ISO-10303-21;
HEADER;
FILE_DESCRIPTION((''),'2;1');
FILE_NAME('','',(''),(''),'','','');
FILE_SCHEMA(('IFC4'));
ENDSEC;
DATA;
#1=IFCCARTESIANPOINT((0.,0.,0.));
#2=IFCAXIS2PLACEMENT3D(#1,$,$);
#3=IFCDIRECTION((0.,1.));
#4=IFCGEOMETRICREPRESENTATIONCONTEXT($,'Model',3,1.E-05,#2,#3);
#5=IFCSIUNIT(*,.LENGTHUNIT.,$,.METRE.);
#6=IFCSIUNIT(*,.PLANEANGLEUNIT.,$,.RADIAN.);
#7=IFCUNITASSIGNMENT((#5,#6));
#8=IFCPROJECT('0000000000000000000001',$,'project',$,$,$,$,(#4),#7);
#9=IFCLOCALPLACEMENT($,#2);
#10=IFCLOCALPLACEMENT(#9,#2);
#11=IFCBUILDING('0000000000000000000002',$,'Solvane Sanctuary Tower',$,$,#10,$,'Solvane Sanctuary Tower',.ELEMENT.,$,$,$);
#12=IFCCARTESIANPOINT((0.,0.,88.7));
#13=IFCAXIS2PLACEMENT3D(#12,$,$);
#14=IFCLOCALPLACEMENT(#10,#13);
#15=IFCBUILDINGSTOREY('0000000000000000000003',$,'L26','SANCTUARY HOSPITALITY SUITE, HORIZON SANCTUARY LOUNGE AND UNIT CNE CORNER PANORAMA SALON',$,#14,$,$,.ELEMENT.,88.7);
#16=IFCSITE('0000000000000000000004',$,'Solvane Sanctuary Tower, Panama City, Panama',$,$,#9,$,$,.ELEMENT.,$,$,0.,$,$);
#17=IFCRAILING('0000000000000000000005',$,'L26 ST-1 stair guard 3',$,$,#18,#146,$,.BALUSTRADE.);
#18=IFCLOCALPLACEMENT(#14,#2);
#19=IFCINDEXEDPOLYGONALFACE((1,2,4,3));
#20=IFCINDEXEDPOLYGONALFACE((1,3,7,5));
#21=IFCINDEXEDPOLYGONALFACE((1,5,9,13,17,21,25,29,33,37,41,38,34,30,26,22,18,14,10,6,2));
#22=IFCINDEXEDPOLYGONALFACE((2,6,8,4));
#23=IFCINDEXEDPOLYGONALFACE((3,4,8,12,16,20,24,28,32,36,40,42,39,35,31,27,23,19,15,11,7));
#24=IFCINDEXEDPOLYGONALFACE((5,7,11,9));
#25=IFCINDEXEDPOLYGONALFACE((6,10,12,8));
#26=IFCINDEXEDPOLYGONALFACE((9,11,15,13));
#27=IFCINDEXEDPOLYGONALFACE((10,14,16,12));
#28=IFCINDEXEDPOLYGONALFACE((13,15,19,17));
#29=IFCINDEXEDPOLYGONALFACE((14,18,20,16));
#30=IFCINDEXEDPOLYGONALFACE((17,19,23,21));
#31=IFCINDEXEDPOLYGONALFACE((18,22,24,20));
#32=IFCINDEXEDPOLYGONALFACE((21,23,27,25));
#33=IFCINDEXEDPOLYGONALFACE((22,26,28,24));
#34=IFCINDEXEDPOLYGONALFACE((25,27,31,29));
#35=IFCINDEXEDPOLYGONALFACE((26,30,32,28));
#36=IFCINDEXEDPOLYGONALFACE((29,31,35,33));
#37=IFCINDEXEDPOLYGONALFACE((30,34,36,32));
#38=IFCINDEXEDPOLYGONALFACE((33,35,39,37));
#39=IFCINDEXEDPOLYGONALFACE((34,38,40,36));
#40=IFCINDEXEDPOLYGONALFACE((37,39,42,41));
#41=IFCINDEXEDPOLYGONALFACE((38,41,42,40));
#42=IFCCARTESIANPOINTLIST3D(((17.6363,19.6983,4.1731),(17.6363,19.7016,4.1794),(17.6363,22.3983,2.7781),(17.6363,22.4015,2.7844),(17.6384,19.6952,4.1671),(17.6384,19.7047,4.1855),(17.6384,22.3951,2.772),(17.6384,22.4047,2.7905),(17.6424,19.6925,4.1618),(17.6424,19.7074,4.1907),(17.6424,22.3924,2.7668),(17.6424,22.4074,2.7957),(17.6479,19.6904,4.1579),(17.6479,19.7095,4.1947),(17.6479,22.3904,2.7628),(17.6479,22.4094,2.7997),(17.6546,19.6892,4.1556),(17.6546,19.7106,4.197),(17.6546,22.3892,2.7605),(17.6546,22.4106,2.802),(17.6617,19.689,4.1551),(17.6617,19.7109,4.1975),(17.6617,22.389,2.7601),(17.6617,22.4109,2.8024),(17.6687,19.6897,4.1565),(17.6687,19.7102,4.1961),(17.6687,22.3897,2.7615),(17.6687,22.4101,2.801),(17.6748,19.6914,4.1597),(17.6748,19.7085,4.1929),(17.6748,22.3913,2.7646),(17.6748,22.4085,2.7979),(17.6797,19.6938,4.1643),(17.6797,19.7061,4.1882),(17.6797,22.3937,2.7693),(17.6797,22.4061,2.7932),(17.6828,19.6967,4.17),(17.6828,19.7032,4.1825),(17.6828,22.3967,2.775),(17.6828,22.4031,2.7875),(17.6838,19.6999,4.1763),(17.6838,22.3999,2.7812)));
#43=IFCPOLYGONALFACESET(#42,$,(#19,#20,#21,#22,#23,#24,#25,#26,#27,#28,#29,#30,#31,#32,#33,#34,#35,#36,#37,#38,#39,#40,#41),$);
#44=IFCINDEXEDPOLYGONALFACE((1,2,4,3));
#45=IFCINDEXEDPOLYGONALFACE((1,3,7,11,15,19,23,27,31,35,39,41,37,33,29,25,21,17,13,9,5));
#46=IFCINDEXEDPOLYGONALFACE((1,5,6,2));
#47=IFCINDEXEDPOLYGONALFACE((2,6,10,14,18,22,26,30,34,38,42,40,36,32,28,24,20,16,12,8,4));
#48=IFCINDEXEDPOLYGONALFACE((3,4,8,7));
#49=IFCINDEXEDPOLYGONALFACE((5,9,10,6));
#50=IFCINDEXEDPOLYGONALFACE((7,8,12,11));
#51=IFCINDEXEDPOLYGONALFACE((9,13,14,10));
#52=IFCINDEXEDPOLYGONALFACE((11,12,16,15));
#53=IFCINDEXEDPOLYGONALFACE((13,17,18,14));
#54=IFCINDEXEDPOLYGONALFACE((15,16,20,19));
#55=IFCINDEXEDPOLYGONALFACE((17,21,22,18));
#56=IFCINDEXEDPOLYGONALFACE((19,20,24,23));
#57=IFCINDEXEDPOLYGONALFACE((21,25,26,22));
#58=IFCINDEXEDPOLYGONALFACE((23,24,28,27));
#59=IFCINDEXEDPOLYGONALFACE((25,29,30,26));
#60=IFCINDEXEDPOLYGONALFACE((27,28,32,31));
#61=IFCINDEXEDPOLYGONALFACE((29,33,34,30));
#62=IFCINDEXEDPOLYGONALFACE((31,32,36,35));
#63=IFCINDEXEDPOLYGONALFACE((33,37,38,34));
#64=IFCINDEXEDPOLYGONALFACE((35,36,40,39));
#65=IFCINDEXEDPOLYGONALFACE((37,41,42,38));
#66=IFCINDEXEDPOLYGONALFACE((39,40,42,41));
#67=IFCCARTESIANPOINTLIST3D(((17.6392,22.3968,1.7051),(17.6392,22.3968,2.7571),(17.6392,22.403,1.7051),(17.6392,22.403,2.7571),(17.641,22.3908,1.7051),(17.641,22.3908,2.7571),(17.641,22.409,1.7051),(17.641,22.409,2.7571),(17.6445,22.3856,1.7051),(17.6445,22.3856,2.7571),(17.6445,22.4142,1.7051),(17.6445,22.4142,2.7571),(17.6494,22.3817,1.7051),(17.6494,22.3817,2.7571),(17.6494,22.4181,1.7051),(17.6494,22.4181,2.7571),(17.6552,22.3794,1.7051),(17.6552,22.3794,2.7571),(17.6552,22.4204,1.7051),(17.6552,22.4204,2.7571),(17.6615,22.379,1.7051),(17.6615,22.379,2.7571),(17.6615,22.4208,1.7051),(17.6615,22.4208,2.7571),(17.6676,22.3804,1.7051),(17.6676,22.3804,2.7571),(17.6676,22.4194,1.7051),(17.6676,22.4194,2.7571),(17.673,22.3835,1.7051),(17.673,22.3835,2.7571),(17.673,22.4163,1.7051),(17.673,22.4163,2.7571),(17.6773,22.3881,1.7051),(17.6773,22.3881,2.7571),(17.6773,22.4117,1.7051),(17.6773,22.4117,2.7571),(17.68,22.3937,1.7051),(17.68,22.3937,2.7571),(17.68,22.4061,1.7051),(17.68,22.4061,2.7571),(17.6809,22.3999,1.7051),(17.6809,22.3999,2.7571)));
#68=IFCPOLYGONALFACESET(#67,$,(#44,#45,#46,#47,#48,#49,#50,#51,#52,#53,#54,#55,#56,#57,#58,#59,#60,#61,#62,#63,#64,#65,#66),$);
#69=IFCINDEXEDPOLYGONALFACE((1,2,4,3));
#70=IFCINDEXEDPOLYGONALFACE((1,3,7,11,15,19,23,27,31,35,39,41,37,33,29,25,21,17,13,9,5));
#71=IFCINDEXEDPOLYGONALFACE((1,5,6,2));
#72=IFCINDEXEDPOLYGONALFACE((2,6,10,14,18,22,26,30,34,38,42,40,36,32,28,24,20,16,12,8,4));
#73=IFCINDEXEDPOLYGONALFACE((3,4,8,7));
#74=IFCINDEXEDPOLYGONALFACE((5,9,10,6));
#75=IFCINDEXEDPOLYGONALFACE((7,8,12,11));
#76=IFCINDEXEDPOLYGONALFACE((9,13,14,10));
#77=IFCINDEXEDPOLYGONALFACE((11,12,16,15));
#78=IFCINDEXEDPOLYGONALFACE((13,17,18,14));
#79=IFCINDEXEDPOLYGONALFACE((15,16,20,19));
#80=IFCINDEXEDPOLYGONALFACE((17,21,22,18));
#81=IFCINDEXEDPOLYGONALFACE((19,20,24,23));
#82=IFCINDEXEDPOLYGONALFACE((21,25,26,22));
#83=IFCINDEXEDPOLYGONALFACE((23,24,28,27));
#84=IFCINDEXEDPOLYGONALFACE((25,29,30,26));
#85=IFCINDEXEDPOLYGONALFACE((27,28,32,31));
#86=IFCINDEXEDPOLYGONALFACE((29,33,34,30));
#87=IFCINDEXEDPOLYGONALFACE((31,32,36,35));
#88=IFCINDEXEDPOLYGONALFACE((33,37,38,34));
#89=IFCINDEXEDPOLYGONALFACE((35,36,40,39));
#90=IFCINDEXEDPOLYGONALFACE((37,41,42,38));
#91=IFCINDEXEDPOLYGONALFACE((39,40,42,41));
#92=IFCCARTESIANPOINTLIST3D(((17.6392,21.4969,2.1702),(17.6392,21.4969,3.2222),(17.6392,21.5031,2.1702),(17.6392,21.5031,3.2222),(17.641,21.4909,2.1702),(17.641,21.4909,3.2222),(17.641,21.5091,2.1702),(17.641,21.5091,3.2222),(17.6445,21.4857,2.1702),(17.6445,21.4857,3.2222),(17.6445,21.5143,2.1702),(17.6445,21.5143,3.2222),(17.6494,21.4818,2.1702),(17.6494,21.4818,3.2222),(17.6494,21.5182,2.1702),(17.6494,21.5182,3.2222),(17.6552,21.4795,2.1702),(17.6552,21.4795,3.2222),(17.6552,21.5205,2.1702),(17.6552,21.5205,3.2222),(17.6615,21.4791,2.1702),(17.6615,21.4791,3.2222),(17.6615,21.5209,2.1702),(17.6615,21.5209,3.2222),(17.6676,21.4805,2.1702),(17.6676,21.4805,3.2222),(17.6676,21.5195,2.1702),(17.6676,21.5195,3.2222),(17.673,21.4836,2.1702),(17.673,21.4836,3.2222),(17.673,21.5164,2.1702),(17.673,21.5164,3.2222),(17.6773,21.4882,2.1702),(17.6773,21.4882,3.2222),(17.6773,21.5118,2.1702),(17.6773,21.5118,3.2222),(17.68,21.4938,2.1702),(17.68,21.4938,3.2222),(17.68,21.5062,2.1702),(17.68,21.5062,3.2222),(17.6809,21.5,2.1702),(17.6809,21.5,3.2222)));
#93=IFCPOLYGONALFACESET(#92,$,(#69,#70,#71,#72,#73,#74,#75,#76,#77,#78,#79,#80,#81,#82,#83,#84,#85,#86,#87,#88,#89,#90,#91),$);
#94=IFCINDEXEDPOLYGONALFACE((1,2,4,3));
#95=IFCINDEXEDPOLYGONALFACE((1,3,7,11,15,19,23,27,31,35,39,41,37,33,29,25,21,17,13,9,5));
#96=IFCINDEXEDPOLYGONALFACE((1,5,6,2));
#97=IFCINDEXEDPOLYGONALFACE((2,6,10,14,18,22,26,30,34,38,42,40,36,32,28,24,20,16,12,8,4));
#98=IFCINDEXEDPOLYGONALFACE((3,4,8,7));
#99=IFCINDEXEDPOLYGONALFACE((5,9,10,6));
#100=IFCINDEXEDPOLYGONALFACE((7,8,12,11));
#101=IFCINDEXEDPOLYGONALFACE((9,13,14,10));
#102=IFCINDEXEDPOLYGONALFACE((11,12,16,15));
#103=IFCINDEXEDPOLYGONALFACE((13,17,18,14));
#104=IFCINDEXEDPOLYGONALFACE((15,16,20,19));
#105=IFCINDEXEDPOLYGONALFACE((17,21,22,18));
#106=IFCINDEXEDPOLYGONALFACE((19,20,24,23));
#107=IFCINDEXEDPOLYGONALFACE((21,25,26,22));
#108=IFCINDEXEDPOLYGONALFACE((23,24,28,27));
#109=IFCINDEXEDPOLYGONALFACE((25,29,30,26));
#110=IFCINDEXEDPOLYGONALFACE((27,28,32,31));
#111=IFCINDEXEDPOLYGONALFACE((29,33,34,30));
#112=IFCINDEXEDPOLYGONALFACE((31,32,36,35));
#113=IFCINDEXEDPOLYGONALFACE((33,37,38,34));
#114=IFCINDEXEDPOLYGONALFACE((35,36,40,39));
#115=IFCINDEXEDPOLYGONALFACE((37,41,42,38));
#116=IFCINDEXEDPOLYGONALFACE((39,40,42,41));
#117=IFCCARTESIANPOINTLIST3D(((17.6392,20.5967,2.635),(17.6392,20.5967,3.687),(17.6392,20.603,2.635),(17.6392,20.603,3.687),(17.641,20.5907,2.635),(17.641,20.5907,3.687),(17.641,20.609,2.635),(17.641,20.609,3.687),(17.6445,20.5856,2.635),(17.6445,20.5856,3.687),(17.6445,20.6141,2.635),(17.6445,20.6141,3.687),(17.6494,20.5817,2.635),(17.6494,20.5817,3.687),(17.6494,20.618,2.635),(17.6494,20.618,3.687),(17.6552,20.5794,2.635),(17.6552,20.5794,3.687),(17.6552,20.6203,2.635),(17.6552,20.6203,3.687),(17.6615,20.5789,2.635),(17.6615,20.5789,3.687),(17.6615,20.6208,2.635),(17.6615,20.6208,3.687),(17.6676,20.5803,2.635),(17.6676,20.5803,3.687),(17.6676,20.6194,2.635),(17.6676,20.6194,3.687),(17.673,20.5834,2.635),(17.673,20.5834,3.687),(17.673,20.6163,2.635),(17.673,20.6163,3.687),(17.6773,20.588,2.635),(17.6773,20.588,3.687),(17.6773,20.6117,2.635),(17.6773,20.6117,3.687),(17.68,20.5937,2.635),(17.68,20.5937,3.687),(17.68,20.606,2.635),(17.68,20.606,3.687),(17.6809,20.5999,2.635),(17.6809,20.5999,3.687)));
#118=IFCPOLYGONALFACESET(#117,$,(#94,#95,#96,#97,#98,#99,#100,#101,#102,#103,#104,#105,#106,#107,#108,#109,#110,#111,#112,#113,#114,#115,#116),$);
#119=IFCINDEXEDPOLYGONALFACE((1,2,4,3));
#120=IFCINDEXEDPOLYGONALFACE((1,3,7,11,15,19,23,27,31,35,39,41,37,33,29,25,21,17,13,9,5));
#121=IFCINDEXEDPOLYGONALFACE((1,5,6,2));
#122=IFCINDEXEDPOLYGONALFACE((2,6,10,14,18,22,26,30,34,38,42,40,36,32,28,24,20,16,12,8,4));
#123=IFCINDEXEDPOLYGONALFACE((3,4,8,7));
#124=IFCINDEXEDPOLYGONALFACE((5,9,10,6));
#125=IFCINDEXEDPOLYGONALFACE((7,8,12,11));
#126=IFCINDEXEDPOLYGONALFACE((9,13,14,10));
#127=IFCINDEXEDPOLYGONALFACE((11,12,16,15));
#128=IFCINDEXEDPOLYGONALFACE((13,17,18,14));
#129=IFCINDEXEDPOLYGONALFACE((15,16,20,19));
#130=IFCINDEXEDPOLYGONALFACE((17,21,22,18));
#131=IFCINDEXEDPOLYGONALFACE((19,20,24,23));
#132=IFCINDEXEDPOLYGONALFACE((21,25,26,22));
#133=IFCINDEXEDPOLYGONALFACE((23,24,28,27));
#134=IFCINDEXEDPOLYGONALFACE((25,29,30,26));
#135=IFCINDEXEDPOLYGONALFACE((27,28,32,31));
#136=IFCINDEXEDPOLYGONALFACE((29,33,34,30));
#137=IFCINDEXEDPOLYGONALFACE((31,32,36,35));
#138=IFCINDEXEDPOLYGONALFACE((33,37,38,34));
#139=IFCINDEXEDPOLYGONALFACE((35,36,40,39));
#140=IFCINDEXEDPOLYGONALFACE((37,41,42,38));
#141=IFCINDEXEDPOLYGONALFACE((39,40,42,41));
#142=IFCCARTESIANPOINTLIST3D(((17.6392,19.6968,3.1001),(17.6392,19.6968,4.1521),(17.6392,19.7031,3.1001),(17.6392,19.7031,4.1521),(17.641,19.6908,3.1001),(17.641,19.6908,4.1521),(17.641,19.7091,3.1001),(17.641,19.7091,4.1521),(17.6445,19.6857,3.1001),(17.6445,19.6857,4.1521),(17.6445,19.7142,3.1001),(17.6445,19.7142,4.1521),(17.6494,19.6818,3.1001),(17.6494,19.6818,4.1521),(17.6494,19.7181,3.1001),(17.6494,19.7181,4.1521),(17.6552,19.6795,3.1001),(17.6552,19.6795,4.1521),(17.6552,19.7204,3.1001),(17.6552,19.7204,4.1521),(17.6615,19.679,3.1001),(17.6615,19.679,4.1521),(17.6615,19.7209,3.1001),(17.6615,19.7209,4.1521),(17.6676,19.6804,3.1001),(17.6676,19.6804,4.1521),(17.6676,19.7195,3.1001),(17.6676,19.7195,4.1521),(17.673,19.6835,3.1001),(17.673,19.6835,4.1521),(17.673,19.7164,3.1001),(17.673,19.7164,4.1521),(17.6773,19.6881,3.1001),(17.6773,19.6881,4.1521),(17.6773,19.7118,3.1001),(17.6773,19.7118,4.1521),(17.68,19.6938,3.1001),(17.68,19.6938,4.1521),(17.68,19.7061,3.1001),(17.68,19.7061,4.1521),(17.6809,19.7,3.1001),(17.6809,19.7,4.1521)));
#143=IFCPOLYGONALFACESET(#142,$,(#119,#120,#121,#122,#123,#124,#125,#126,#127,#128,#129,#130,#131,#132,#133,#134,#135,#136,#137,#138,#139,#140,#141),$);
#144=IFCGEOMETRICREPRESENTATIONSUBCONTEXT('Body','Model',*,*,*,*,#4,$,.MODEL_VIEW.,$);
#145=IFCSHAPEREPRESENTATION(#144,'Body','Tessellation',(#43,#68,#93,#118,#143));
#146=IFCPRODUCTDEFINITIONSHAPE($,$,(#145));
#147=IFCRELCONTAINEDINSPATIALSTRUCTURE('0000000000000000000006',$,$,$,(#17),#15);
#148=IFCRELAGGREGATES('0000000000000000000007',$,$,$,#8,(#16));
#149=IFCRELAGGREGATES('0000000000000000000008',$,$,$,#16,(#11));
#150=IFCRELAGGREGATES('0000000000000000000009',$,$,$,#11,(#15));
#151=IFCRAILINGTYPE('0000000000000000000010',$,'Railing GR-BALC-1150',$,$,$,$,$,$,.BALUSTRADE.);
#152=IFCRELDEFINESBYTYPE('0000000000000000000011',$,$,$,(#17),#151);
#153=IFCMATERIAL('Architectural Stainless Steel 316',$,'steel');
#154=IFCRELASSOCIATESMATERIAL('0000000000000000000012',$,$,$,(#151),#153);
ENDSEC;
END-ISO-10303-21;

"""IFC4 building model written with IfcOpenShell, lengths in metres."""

from ifc_helpers import new_model, si_unit, direction, frame, origin, origin_2d, place, context, subcontext, project, spatial, circle, extrude, material, type_object, element, save


model = new_model("IFC4")

# Units and contexts
model_context = context("Model", 3, precision=1e-05, world=origin(), true_north=direction((0.0, 1.0)))
body_context = subcontext(model_context, "Body", "Model", "MODEL_VIEW")
ifc_project = project(units=[si_unit("LENGTHUNIT", "METRE"), si_unit("PLANEANGLEUNIT", "RADIAN")], contexts=[model_context])

# Site, building, storey
site_placement = place(None, origin())
site = spatial("IfcSite", under=ifc_project, at=site_placement, Name="Solvane Sanctuary Tower, Panama City, Panama", CompositionType="ELEMENT", RefElevation=0.0)
building_placement = place(site_placement, origin())
building = spatial("IfcBuilding", under=site, at=building_placement, Name="Solvane Sanctuary Tower", LongName="Solvane Sanctuary Tower", CompositionType="ELEMENT")
storey_placement = place(building_placement, frame((0.0, 0.0, 88.7)))
storey = spatial("IfcBuildingStorey", under=building, at=storey_placement, Name="L26", Description="SANCTUARY HOSPITALITY SUITE, HORIZON SANCTUARY LOUNGE AND UNIT CNE CORNER PANORAMA SALON", CompositionType="ELEMENT", Elevation=88.7)

# Shared definitions
ifc_material_1 = material(Name="Architectural Stainless Steel 316", Category="steel")

# Railing
railing_type_1 = type_object("IfcRailingType", Name="Railing GR-BALC-1150", PredefinedType="BALUSTRADE", material=ifc_material_1)
railing_1_placement = place(storey_placement, frame((17.6599, 22.3999, 1.7051)))
element("IfcRailing", 1, at=railing_1_placement, inside=storey, type_object=railing_type_1, Name="L26 ST-1 stair guard 3", PredefinedType="BALUSTRADE", context=body_context, shape_type="SweptSolid", body=[
    extrude(circle(Radius=0.0239, at=origin_2d()), frame((0.0, 0.0, 1.0762), z_axis=(0.0, -0.88842, 0.459032), x_axis=(1.0, 0.0, 0.0)), (0.0, 0.0, 1.0), 3.0391),
    extrude(circle(Radius=0.021, at=origin_2d()), origin(), (0.0, 0.0, 1.0), 1.052),
    extrude(circle(Radius=0.021, at=origin_2d()), frame((0.0, -0.8999, 0.4651)), (0.0, 0.0, 1.0), 1.052),
    extrude(circle(Radius=0.021, at=origin_2d()), frame((0.0, -1.8, 0.9299)), (0.0, 0.0, 1.0), 1.052),
    extrude(circle(Radius=0.021, at=origin_2d()), frame((0.0, -2.7, 1.395)), (0.0, 0.0, 1.0), 1.052),
])

save(model, "model.ifc")
